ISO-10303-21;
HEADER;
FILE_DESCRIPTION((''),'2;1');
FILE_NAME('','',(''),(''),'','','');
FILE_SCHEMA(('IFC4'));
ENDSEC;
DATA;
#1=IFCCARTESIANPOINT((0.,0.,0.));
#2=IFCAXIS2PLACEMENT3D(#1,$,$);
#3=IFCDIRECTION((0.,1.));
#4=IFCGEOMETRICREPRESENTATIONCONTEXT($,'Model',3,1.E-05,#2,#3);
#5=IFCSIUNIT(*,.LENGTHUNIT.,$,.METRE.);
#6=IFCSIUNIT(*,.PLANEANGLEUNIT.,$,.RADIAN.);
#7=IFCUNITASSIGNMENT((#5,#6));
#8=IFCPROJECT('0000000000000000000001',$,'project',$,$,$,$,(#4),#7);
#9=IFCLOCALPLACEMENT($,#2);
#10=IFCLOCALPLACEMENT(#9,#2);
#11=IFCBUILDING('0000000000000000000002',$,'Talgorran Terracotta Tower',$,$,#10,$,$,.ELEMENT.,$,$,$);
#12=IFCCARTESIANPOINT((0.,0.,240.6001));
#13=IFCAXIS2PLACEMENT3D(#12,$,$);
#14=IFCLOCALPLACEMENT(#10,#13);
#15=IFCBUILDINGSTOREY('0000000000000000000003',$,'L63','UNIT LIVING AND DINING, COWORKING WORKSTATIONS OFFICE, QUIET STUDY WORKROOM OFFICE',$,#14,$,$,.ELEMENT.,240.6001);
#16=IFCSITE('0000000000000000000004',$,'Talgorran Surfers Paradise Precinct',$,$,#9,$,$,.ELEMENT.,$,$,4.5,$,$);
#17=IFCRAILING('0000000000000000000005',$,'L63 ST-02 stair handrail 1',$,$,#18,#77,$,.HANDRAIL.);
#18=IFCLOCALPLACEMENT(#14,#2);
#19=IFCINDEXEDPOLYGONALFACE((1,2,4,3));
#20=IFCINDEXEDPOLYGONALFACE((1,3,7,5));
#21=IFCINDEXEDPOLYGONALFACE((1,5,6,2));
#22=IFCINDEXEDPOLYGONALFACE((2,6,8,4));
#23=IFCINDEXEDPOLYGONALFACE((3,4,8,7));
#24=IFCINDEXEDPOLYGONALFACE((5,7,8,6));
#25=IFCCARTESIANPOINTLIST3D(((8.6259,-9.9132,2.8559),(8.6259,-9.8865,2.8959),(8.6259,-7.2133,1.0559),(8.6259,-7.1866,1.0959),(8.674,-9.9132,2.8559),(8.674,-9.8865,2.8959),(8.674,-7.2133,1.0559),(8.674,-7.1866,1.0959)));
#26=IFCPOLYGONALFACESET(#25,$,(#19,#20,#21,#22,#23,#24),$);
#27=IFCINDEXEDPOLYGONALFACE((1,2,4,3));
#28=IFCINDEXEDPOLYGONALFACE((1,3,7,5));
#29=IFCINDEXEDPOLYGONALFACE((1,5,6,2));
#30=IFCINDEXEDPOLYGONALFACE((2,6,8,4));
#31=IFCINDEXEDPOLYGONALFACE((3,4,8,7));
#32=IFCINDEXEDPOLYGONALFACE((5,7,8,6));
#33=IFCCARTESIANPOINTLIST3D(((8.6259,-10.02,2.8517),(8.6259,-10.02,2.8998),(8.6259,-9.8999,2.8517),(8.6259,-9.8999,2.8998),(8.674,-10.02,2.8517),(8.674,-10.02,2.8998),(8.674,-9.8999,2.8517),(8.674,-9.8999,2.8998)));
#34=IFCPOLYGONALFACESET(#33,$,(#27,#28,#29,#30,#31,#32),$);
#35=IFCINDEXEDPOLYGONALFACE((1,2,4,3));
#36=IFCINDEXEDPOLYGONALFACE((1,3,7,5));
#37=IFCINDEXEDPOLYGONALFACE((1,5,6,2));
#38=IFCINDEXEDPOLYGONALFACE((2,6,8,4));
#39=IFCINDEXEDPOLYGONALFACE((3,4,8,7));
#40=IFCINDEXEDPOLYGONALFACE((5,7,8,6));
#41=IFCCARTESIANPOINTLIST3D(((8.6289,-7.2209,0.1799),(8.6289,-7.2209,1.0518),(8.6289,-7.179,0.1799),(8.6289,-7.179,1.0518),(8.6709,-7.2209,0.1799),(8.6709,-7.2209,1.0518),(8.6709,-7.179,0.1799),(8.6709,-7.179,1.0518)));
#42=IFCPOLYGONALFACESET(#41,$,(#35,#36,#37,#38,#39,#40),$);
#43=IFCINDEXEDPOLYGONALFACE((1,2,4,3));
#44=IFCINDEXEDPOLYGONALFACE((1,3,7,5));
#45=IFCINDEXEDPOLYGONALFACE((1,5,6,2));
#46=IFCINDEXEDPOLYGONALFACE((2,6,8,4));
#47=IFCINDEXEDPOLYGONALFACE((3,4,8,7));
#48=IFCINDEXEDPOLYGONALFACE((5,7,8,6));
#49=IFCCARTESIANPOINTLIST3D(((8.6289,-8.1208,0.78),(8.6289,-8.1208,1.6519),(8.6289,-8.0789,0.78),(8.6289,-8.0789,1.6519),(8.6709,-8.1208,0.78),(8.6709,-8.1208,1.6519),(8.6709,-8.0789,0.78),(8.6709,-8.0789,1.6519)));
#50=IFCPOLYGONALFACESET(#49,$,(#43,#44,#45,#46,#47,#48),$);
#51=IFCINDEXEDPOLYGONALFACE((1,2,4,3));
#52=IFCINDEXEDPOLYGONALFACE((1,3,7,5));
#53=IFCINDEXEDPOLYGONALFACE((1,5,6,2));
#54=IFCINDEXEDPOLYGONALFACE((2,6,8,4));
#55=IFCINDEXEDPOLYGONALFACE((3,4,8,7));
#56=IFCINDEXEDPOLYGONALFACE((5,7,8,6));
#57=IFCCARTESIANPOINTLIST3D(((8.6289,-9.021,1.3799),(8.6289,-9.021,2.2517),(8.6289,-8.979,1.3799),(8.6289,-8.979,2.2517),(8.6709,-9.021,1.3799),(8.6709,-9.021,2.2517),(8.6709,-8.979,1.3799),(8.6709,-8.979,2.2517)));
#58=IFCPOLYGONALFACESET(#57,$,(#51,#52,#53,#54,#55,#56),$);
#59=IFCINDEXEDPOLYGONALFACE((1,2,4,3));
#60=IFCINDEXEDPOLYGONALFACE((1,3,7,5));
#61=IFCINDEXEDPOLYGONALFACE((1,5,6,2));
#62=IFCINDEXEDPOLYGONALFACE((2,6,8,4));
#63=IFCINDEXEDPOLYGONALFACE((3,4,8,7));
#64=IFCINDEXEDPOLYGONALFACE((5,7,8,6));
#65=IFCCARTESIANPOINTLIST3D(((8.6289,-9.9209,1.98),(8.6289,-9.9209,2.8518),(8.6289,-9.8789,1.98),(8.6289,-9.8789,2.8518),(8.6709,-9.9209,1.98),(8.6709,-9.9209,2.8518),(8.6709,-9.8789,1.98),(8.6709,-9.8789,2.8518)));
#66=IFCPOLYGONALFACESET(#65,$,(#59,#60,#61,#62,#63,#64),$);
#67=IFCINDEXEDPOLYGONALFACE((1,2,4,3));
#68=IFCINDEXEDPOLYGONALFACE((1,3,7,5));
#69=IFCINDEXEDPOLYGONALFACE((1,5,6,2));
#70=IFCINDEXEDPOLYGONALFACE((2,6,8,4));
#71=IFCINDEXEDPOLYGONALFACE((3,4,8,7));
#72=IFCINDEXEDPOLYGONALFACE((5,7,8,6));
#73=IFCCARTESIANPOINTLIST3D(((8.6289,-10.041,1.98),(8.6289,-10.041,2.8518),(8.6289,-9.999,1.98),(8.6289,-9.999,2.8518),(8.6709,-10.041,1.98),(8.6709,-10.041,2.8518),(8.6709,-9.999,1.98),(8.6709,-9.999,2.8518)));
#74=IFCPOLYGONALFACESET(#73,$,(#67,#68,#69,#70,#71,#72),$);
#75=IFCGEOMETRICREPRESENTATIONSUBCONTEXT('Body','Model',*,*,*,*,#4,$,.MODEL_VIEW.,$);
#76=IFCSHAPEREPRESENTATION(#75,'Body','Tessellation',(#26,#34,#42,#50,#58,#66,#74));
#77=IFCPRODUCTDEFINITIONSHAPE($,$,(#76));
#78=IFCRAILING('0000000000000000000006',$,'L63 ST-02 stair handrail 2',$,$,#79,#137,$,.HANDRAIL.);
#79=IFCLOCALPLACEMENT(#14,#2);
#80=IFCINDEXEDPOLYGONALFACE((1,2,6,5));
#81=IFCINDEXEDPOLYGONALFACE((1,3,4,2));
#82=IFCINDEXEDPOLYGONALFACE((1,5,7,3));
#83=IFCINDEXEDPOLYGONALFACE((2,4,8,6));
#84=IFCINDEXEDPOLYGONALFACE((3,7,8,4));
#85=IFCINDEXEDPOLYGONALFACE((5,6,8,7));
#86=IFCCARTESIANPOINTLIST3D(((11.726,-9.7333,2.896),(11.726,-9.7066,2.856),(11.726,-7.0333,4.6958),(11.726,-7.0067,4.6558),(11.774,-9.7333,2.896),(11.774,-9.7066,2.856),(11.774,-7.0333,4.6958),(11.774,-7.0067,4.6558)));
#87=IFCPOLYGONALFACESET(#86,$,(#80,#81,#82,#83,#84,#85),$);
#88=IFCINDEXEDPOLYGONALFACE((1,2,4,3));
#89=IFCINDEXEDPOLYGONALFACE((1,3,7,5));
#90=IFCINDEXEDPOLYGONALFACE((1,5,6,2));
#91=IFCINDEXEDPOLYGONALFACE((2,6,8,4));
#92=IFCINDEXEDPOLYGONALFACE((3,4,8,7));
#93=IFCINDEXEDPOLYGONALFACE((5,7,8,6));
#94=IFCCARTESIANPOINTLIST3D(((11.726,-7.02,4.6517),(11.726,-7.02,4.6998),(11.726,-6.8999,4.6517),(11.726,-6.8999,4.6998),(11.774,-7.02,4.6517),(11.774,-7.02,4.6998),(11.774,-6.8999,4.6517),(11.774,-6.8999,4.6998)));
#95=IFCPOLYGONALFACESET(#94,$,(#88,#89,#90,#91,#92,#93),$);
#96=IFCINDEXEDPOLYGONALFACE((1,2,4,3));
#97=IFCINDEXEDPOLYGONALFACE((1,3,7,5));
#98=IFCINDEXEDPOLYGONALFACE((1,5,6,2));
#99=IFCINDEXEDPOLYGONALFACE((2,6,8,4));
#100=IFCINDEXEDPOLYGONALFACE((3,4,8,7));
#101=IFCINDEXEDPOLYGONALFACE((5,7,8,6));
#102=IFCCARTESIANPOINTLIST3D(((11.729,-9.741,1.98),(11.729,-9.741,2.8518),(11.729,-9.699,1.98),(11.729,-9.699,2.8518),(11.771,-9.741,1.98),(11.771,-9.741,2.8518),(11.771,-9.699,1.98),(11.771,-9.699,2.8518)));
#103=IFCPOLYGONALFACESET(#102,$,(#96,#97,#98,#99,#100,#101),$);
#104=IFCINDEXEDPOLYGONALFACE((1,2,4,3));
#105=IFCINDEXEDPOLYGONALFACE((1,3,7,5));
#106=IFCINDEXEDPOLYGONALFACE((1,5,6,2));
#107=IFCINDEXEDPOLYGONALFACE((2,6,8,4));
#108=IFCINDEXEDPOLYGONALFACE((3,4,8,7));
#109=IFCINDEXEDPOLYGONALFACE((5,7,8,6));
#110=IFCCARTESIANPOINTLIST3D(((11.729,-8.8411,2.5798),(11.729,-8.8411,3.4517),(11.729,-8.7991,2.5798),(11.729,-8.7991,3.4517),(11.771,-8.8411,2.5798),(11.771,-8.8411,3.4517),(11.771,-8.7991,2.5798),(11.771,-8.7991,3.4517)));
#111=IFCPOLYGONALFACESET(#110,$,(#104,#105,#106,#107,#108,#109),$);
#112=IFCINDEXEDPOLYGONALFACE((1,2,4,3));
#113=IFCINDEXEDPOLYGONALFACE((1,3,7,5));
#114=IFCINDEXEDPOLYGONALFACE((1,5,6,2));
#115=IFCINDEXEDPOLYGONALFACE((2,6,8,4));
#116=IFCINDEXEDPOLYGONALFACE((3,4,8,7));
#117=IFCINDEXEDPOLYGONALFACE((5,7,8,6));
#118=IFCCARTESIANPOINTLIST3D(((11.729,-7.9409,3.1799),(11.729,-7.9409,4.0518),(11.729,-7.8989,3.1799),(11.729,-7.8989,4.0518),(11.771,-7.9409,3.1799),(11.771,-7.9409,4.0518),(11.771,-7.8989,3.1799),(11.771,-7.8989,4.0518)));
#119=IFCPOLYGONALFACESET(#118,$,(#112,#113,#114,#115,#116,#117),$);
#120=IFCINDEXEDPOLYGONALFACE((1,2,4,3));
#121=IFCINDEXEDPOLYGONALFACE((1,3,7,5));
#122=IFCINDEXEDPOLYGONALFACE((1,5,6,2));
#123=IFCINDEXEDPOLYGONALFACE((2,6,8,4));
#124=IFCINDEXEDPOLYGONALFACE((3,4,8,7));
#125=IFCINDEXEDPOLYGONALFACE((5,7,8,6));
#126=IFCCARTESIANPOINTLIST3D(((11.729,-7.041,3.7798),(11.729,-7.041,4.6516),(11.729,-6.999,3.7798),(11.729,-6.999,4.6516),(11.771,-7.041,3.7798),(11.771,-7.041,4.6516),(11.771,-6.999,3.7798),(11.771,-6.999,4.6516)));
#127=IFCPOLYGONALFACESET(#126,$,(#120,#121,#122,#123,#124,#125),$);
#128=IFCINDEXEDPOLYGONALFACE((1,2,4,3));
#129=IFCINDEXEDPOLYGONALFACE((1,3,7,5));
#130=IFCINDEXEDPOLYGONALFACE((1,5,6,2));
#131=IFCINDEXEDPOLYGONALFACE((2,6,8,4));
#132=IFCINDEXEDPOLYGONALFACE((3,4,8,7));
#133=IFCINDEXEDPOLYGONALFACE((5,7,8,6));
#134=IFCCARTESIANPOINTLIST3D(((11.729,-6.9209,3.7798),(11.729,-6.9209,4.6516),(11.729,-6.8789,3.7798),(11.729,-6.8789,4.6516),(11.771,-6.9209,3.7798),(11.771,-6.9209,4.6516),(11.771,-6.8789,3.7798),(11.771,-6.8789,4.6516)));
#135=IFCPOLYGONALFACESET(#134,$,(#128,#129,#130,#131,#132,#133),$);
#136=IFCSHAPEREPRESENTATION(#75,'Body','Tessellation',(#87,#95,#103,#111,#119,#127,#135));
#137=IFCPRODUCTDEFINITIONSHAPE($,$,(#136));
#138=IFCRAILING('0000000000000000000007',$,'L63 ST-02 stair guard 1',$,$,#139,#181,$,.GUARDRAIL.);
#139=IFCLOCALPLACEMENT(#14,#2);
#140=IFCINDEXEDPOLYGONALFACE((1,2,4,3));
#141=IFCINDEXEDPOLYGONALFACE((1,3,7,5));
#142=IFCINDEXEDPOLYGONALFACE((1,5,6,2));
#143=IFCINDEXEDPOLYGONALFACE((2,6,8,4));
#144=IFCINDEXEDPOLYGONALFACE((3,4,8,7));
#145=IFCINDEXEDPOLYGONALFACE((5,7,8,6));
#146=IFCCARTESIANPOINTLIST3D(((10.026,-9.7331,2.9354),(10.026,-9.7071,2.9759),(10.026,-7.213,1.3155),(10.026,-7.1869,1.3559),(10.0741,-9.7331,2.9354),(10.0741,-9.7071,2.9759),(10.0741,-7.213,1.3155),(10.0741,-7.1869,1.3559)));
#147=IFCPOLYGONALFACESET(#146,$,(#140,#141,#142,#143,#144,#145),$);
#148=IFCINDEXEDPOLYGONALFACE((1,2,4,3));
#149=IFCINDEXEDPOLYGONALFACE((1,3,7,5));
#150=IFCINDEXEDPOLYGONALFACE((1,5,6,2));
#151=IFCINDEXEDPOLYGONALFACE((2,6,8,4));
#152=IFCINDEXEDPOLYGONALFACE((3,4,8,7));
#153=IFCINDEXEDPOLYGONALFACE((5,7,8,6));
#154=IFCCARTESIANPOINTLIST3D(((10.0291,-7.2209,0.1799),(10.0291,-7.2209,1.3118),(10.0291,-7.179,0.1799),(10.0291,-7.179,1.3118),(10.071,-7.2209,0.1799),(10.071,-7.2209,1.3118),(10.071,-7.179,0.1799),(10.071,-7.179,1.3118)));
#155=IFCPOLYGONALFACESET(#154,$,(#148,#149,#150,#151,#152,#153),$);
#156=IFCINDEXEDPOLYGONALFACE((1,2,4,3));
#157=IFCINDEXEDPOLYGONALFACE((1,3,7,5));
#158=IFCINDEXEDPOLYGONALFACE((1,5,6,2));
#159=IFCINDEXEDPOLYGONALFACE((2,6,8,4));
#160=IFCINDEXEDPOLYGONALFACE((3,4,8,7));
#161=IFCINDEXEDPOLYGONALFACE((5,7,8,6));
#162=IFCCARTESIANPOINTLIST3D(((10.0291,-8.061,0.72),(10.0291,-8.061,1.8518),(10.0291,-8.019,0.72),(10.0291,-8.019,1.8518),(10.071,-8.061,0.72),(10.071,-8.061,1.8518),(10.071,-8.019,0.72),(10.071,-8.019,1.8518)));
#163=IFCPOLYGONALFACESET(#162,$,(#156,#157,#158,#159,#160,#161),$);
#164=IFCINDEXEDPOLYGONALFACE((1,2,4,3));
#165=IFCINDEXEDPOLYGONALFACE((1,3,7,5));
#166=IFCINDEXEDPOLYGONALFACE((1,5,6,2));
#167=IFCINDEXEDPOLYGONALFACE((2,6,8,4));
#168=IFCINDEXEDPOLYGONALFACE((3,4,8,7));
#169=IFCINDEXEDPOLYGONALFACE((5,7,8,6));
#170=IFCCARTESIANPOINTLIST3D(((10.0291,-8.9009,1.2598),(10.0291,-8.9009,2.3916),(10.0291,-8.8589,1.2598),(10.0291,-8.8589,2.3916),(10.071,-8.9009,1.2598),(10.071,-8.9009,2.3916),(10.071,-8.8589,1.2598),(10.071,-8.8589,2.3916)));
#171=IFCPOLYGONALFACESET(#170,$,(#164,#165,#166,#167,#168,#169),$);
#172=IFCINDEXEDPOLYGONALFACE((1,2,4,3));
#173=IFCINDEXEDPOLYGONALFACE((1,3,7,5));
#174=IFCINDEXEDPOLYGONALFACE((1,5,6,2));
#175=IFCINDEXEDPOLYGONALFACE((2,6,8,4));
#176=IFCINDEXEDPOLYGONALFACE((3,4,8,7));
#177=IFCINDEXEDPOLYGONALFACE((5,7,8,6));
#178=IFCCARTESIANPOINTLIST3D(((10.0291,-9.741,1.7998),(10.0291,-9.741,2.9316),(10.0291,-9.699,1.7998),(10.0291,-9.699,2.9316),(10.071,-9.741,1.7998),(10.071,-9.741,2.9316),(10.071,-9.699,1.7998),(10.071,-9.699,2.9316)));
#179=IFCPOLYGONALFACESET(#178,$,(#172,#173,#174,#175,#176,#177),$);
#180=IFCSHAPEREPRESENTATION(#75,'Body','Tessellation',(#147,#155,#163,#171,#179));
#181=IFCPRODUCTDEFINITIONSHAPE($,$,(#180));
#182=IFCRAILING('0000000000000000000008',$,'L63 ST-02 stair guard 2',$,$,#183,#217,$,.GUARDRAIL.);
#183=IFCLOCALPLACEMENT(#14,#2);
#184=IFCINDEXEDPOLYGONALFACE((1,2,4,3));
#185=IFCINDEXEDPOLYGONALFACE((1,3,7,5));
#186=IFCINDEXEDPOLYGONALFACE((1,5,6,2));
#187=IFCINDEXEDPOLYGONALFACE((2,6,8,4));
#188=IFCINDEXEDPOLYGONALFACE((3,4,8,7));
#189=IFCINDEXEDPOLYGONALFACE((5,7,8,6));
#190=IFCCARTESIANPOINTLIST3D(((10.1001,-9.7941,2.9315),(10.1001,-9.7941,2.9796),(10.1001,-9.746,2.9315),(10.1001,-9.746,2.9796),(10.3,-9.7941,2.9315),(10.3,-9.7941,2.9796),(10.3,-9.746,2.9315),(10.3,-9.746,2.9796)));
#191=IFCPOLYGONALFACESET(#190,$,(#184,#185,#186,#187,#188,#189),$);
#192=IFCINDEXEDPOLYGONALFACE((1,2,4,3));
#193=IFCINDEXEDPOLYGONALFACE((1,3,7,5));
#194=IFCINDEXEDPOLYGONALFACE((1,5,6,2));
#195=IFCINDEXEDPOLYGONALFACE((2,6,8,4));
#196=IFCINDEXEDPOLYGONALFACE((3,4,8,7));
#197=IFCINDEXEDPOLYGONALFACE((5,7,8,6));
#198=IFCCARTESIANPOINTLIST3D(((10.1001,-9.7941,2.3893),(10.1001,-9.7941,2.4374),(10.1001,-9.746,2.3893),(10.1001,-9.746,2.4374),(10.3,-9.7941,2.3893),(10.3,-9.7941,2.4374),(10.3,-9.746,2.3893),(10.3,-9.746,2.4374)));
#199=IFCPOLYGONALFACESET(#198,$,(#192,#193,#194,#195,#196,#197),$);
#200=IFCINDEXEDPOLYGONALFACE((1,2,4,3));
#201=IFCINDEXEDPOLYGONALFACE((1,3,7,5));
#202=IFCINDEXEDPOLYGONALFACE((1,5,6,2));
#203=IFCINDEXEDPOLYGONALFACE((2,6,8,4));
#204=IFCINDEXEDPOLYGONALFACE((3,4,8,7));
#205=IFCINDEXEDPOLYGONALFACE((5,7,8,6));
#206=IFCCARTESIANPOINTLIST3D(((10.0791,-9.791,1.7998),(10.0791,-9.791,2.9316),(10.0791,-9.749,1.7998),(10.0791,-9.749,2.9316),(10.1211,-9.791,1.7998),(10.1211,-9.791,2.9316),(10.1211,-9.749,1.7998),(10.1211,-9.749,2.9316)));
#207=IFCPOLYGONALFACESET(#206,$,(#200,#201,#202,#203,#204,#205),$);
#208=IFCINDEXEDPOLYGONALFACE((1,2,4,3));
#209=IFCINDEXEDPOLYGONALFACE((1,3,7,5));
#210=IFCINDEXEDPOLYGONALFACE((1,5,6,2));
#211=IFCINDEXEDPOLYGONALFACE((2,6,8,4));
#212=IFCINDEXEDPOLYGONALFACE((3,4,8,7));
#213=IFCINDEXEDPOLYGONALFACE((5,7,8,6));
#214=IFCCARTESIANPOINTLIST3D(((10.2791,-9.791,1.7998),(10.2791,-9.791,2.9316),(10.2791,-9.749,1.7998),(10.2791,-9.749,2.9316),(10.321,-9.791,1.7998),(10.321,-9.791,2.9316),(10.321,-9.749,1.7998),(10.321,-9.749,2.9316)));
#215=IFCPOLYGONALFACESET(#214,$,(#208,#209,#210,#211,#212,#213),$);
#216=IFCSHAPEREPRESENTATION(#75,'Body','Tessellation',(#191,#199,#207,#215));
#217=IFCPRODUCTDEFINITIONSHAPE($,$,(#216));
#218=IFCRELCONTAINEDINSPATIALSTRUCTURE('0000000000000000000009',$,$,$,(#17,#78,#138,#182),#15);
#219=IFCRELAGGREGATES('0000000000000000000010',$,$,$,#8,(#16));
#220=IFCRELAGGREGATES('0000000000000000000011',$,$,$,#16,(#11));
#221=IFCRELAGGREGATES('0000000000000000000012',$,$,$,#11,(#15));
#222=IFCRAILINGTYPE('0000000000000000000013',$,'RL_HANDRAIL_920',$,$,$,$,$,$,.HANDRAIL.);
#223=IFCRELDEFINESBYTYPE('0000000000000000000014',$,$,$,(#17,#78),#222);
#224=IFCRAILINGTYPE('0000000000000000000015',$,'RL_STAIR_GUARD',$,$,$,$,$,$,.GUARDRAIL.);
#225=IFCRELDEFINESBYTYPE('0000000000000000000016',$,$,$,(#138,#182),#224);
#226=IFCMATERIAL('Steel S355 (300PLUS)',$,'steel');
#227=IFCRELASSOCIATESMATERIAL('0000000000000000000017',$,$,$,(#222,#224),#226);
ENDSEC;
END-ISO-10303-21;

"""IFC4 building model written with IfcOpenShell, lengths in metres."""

from ifc_helpers import new_model, si_unit, direction, frame, origin, origin_2d, place, context, subcontext, project, spatial, rectangle, extrude, material, type_object, element, save


model = new_model("IFC4")

# Units and contexts
model_context = context("Model", 3, precision=1e-05, world=origin(), true_north=direction((0.0, 1.0)))
body_context = subcontext(model_context, "Body", "Model", "MODEL_VIEW")
ifc_project = project(units=[si_unit("LENGTHUNIT", "METRE"), si_unit("PLANEANGLEUNIT", "RADIAN")], contexts=[model_context])

# Site, building, storey
site_placement = place(None, origin())
site = spatial("IfcSite", under=ifc_project, at=site_placement, Name="Talgorran Surfers Paradise Precinct", CompositionType="ELEMENT", RefElevation=4.5)
building_placement = place(site_placement, origin())
building = spatial("IfcBuilding", under=site, at=building_placement, Name="Talgorran Terracotta Tower", CompositionType="ELEMENT")
storey_placement = place(building_placement, frame((0.0, 0.0, 240.6001)))
storey = spatial("IfcBuildingStorey", under=building, at=storey_placement, Name="L63", Description="UNIT LIVING AND DINING, COWORKING WORKSTATIONS OFFICE, QUIET STUDY WORKROOM OFFICE", CompositionType="ELEMENT", Elevation=240.6001)

# Shared definitions
ifc_material_1 = material(Name="Steel S355 (300PLUS)", Category="steel")

# Railings
railing_type_1 = type_object("IfcRailingType", Name="RL_HANDRAIL_920", PredefinedType="HANDRAIL", material=ifc_material_1)
railing_1_placement = place(storey_placement, frame((8.6499, -7.2, 0.1799)))
element("IfcRailing", 1, at=railing_1_placement, inside=storey, type_object=railing_type_1, Name="L63 ST-02 stair handrail 1", PredefinedType="HANDRAIL", context=body_context, shape_type="SweptSolid", body=[
    extrude(rectangle(XDim=0.0481, YDim=0.0481, at=origin_2d()), frame((0.0, 0.0, 0.896), z_axis=(0.0, -0.832039, 0.554718), x_axis=(1.0, 0.0, 0.0)), (0.0, 0.0, 1.0), 3.2449),
    extrude(rectangle(XDim=0.0481, YDim=0.0481, at=origin_2d()), frame((0.0, -2.7, 2.6958), z_axis=(0.0, -1.0, 0.0), x_axis=(1.0, 0.0, 0.0)), (0.0, 0.0, 1.0), 0.1201),
    extrude(rectangle(XDim=0.042, YDim=0.042, at=origin_2d()), origin(), (0.0, 0.0, 1.0), 0.8718),
    extrude(rectangle(XDim=0.042, YDim=0.042, at=origin_2d()), frame((0.0, -0.8999, 0.6001)), (0.0, 0.0, 1.0), 0.8718),
    extrude(rectangle(XDim=0.042, YDim=0.042, at=origin_2d()), frame((0.0, -1.8, 1.2)), (0.0, 0.0, 1.0), 0.8718),
    extrude(rectangle(XDim=0.042, YDim=0.042, at=origin_2d()), frame((0.0, -2.7, 1.8)), (0.0, 0.0, 1.0), 0.8718),
    extrude(rectangle(XDim=0.042, YDim=0.042, at=origin_2d()), frame((0.0, -2.8201, 1.8)), (0.0, 0.0, 1.0), 0.8718),
])
railing_2_placement = place(storey_placement, frame((11.75, -9.72, 1.98)))
element("IfcRailing", 2, at=railing_2_placement, inside=storey, type_object=railing_type_1, Name="L63 ST-02 stair handrail 2", PredefinedType="HANDRAIL", context=body_context, shape_type="SweptSolid", body=[
    extrude(rectangle(XDim=0.0481, YDim=0.0481, at=origin_2d()), frame((0.0, 0.0, 0.896), z_axis=(0.0, 0.832073, 0.554665), x_axis=(-1.0, 0.0, 0.0)), (0.0, 0.0, 1.0), 3.2449),
    extrude(rectangle(XDim=0.0481, YDim=0.0481, at=origin_2d()), frame((0.0, 2.7, 2.6958), z_axis=(0.0, 1.0, 0.0), x_axis=(-1.0, 0.0, 0.0)), (0.0, 0.0, 1.0), 0.1201),
    extrude(rectangle(XDim=0.042, YDim=0.042, at=origin_2d()), origin(), (0.0, 0.0, 1.0), 0.8718),
    extrude(rectangle(XDim=0.042, YDim=0.042, at=origin_2d()), frame((0.0, 0.8999, 0.5999)), (0.0, 0.0, 1.0), 0.8718),
    extrude(rectangle(XDim=0.042, YDim=0.042, at=origin_2d()), frame((0.0, 1.8, 1.2)), (0.0, 0.0, 1.0), 0.8718),
    extrude(rectangle(XDim=0.042, YDim=0.042, at=origin_2d()), frame((0.0, 2.7, 1.7998)), (0.0, 0.0, 1.0), 0.8718),
    extrude(rectangle(XDim=0.042, YDim=0.042, at=origin_2d()), frame((0.0, 2.8201, 1.7998)), (0.0, 0.0, 1.0), 0.8718),
])
railing_type_2 = type_object("IfcRailingType", Name="RL_STAIR_GUARD", PredefinedType="GUARDRAIL", material=ifc_material_1)
railing_3_placement = place(storey_placement, frame((10.05, -7.2, 0.1799)))
element("IfcRailing", 3, at=railing_3_placement, inside=storey, type_object=railing_type_2, Name="L63 ST-02 stair guard 1", PredefinedType="GUARDRAIL", context=body_context, shape_type="SweptSolid", body=[
    extrude(rectangle(XDim=0.0481, YDim=0.0481, at=origin_2d()), frame((0.0, 0.0, 1.1558), z_axis=(0.0, -0.8412, 0.540725), x_axis=(1.0, 0.0, 0.0)), (0.0, 0.0, 1.0), 2.9958),
    extrude(rectangle(XDim=0.042, YDim=0.042, at=origin_2d()), origin(), (0.0, 0.0, 1.0), 1.1318),
    extrude(rectangle(XDim=0.042, YDim=0.042, at=origin_2d()), frame((0.0, -0.8401, 0.54)), (0.0, 0.0, 1.0), 1.1318),
    extrude(rectangle(XDim=0.042, YDim=0.042, at=origin_2d()), frame((0.0, -1.6799, 1.0798)), (0.0, 0.0, 1.0), 1.1318),
    extrude(rectangle(XDim=0.042, YDim=0.042, at=origin_2d()), frame((0.0, -2.52, 1.6199)), (0.0, 0.0, 1.0), 1.1318),
])
railing_4_placement = place(storey_placement, frame((10.1001, -9.77, 1.7998)))
element("IfcRailing", 4, at=railing_4_placement, inside=storey, type_object=railing_type_2, Name="L63 ST-02 stair guard 2", PredefinedType="GUARDRAIL", context=body_context, shape_type="SweptSolid", body=[
    extrude(rectangle(XDim=0.0481, YDim=0.0481, at=origin_2d()), frame((0.0, 0.0, 1.1558), z_axis=(1.0, 0.0, 0.0), x_axis=(0.0, 1.0, 0.0)), (0.0, 0.0, 1.0), 0.2),
    extrude(rectangle(XDim=0.0481, YDim=0.0481, at=origin_2d()), frame((0.0, 0.0, 0.6135), z_axis=(1.0, 0.0, 0.0), x_axis=(0.0, 1.0, 0.0)), (0.0, 0.0, 1.0), 0.2),
    extrude(rectangle(XDim=0.042, YDim=0.042, at=origin_2d()), origin(), (0.0, 0.0, 1.0), 1.1318),
    extrude(rectangle(XDim=0.042, YDim=0.042, at=origin_2d()), frame((0.2, 0.0, 0.0)), (0.0, 0.0, 1.0), 1.1318),
])

save(model, "model.ifc")
